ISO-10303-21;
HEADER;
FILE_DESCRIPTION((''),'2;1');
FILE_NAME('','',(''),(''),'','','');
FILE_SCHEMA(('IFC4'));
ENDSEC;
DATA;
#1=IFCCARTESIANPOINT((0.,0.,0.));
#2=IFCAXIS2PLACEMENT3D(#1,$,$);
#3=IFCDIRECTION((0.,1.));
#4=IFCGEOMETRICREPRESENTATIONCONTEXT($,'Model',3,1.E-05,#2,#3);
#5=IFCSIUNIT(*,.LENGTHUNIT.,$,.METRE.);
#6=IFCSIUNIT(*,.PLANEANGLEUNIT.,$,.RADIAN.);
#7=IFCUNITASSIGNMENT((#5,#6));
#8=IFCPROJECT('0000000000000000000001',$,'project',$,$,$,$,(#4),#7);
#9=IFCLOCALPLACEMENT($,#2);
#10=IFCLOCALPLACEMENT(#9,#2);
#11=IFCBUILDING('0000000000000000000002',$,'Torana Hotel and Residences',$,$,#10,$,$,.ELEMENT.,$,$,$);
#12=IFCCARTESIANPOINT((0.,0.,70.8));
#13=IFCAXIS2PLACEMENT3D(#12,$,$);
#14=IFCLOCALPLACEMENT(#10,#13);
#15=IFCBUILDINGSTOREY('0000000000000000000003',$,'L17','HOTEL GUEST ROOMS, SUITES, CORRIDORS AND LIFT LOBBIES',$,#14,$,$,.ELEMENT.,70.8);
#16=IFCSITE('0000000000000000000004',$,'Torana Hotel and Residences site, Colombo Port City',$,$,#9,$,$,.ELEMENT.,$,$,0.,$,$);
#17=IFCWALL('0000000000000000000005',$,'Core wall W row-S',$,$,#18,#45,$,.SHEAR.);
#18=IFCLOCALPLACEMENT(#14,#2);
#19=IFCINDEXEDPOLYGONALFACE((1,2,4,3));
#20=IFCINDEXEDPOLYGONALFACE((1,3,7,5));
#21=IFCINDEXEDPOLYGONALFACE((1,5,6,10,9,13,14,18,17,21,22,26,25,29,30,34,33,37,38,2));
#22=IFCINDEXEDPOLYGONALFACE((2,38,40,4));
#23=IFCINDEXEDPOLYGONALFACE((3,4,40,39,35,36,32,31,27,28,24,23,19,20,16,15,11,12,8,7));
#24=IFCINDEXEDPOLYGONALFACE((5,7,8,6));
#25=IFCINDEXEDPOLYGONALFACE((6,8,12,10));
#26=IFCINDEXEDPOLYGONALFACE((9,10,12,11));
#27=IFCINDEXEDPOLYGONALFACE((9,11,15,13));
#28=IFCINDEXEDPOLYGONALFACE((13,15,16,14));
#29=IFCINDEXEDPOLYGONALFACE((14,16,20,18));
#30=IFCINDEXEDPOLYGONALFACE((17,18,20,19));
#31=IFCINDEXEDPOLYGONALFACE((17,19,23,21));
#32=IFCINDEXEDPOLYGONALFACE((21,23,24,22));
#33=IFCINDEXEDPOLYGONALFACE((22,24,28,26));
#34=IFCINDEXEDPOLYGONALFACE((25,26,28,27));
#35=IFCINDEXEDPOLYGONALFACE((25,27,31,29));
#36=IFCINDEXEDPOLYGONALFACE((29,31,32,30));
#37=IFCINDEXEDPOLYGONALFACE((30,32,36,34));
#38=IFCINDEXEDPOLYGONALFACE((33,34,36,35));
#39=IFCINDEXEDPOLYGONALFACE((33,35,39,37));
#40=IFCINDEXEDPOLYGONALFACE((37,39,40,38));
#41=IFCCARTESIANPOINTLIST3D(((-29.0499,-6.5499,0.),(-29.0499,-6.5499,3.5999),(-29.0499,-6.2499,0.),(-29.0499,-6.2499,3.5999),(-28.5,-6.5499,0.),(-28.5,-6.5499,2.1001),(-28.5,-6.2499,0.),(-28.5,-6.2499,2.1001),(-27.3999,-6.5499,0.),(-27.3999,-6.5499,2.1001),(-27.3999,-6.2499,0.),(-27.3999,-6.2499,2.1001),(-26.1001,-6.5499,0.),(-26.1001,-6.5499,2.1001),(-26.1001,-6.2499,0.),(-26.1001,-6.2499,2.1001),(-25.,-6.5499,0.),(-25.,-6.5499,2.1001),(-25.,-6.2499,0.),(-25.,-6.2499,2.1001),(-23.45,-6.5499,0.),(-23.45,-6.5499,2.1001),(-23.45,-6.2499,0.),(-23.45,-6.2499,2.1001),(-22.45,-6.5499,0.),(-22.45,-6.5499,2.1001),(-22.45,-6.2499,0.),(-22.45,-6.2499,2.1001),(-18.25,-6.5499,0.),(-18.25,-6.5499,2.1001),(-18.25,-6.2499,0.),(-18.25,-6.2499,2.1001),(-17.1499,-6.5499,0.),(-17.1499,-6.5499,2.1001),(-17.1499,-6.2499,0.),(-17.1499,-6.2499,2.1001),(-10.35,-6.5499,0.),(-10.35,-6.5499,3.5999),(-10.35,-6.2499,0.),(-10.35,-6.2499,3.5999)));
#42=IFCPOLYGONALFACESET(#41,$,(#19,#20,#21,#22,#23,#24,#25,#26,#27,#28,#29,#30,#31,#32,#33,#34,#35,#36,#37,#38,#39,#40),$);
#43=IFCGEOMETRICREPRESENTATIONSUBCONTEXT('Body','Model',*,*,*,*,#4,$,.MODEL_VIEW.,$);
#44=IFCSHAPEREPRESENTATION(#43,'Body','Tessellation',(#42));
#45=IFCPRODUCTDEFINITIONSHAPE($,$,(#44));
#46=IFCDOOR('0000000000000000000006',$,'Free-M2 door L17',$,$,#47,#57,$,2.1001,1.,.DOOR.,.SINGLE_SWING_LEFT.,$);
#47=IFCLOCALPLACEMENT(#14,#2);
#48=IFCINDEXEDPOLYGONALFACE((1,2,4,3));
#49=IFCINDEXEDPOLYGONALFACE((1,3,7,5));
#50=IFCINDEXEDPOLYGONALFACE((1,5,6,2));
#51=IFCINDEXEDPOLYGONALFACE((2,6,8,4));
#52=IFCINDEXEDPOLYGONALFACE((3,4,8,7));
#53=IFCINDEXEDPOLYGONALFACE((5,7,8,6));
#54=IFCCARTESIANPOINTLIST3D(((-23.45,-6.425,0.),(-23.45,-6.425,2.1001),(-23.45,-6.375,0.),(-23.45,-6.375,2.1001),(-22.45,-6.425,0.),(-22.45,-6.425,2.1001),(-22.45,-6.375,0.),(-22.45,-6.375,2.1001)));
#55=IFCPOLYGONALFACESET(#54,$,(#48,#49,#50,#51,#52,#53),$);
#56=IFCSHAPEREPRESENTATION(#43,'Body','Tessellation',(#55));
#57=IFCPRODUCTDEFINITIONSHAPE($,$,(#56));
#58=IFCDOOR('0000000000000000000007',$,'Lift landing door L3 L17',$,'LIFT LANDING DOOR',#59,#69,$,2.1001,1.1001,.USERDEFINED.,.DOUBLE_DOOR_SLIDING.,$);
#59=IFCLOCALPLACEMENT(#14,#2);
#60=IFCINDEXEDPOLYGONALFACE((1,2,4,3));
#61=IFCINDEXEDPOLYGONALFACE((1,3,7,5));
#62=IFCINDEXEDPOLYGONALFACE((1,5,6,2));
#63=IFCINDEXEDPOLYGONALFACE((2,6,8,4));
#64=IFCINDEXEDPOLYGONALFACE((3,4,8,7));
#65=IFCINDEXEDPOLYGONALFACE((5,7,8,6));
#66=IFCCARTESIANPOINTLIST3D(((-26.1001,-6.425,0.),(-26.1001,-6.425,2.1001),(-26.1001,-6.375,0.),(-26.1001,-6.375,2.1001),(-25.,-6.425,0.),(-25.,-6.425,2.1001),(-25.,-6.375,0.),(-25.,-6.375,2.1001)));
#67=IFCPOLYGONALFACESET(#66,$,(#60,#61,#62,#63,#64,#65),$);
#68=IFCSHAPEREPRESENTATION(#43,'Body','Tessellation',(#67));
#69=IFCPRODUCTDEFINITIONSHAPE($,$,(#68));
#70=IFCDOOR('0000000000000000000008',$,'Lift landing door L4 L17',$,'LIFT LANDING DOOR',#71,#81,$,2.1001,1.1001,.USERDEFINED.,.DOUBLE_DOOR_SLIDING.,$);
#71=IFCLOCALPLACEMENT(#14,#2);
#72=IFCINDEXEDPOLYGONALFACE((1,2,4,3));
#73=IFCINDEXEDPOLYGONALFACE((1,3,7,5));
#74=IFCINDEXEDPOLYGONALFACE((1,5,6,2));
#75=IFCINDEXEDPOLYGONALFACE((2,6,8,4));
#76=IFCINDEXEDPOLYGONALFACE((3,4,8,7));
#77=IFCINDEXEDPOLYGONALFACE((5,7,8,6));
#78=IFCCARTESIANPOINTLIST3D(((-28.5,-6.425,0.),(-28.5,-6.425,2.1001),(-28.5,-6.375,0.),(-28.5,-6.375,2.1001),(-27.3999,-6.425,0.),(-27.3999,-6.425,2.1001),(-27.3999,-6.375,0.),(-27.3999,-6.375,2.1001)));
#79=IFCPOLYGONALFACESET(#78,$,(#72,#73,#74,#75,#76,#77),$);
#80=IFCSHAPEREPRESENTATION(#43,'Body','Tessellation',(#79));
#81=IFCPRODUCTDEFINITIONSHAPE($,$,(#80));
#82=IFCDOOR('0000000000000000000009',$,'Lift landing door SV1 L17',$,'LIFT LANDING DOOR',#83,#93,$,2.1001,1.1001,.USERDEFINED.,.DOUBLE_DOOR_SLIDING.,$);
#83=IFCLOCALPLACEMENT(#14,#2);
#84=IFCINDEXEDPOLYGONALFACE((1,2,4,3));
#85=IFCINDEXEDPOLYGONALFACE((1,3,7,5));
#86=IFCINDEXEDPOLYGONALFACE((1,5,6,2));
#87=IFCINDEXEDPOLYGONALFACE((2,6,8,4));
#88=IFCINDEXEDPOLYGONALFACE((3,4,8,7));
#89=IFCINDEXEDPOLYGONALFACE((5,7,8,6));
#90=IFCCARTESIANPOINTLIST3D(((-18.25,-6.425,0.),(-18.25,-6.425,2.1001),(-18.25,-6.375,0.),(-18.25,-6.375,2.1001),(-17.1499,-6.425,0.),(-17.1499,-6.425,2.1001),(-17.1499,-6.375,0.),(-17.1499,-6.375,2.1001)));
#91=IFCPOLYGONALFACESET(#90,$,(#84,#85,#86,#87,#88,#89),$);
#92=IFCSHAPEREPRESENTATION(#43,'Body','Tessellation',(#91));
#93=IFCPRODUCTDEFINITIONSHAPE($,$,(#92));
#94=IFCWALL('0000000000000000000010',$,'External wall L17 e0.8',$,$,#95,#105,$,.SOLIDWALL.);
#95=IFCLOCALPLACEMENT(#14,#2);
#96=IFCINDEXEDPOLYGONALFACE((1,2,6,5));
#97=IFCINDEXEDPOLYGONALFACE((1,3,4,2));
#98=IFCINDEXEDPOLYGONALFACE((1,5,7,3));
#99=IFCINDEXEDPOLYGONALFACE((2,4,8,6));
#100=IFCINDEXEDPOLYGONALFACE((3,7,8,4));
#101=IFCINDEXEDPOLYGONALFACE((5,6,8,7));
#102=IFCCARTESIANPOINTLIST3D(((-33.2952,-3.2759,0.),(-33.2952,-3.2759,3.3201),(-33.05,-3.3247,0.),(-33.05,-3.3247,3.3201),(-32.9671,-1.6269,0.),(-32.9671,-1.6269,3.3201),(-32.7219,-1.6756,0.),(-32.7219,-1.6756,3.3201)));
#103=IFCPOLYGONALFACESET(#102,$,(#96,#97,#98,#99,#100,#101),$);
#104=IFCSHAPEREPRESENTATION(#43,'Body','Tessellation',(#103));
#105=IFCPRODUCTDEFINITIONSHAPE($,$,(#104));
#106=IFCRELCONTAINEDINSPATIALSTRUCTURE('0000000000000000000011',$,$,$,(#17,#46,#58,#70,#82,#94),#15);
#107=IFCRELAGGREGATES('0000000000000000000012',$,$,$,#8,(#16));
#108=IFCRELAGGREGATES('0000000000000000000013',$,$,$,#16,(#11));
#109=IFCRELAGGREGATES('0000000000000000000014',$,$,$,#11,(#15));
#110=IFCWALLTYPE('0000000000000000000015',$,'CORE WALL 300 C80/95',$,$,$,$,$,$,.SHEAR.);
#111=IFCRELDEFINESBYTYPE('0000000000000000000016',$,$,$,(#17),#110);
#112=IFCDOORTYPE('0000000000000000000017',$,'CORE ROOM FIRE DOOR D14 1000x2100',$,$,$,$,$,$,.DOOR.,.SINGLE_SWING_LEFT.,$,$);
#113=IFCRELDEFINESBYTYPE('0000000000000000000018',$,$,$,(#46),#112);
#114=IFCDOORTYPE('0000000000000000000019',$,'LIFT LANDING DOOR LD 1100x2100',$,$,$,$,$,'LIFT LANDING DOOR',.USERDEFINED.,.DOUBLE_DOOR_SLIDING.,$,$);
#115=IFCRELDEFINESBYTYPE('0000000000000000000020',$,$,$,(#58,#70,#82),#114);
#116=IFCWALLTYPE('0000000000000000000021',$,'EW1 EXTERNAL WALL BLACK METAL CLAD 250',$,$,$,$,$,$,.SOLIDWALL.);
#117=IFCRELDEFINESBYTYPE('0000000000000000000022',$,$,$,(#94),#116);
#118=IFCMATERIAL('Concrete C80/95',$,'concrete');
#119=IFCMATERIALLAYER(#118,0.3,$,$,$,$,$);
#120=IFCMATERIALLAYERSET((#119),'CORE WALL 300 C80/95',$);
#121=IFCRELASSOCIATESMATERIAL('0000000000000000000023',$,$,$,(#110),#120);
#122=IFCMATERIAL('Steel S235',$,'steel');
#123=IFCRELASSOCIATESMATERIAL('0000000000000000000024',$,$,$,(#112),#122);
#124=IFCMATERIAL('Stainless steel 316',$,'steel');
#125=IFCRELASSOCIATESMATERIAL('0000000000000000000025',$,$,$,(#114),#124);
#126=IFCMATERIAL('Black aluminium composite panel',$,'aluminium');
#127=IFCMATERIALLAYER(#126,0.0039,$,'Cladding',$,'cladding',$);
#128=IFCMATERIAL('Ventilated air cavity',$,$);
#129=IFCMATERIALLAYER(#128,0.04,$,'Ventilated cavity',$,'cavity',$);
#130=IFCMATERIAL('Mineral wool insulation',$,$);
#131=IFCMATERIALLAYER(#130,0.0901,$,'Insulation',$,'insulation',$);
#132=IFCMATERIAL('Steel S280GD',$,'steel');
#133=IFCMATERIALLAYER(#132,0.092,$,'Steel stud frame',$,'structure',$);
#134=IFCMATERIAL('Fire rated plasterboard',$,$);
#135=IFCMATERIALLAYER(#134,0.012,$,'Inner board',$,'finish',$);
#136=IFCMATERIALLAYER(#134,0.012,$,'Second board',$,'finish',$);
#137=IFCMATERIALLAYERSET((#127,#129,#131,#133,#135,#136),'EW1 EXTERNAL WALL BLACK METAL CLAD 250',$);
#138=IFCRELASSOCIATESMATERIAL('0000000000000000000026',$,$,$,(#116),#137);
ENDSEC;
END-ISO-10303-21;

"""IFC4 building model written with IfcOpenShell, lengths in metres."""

from ifc_helpers import new_model, si_unit, direction, frame, frame_2d, origin, place, context, subcontext, project, spatial, rectangle, extrude, material, layer, layer_set, type_object, element, fill, save


model = new_model("IFC4")

# Units and contexts
model_context = context("Model", 3, precision=1e-05, world=origin(), true_north=direction((0.0, 1.0)))
body_context = subcontext(model_context, "Body", "Model", "MODEL_VIEW")
ifc_project = project(units=[si_unit("LENGTHUNIT", "METRE"), si_unit("PLANEANGLEUNIT", "RADIAN")], contexts=[model_context])

# Site, building, storey
site_placement = place(None, origin())
site = spatial("IfcSite", under=ifc_project, at=site_placement, Name="Torana Hotel and Residences site, Colombo Port City", CompositionType="ELEMENT", RefElevation=0.0)
building_placement = place(site_placement, origin())
building = spatial("IfcBuilding", under=site, at=building_placement, Name="Torana Hotel and Residences", CompositionType="ELEMENT")
storey_placement = place(building_placement, frame((0.0, 0.0, 70.8)))
storey = spatial("IfcBuildingStorey", under=building, at=storey_placement, Name="L17", Description="HOTEL GUEST ROOMS, SUITES, CORRIDORS AND LIFT LOBBIES", CompositionType="ELEMENT", Elevation=70.8)

# Wall, openings, doors
ifc_material_1 = material(Name="Concrete C80/95", Category="concrete")
ifc_layer_1 = layer(ifc_material_1, 0.3)
ifc_layer_set_1 = layer_set([ifc_layer_1], Name="CORE WALL 300 C80/95")
wall_type_1 = type_object("IfcWallType", Name="CORE WALL 300 C80/95", PredefinedType="SHEAR", material=ifc_layer_set_1)
ifc_material_2 = material(Name="Steel S235", Category="steel")
door_type_1 = type_object("IfcDoorType", Name="CORE ROOM FIRE DOOR D14 1000x2100", OperationType="SINGLE_SWING_LEFT", PredefinedType="DOOR", material=ifc_material_2)
ifc_material_3 = material(Name="Stainless steel 316", Category="steel")
door_type_2 = type_object("IfcDoorType", Name="LIFT LANDING DOOR LD 1100x2100", ElementType="LIFT LANDING DOOR", OperationType="DOUBLE_DOOR_SLIDING", PredefinedType="USERDEFINED", material=ifc_material_3)
wall_1_placement = place(storey_placement, frame((-29.05, -6.3999, 0.0), z_axis=(0.0, 0.0, 1.0), x_axis=(1.0, 0.0, 0.0)))
wall_1 = element("IfcWall", 1, at=wall_1_placement, inside=storey, type_object=wall_type_1, Name="Core wall W row-S", PredefinedType="SHEAR", context=body_context, shape_type="SweptSolid", body=[
    extrude(rectangle(XDim=18.7, YDim=0.3, at=frame_2d((9.3501, 0.0))), origin(), (0.0, 0.0, 1.0), 3.5999),
])
opening_1_placement = place(wall_1_placement, frame((2.95, 0.0, 0.0)))
opening_1 = element("IfcOpeningElement", 2, at=opening_1_placement, cuts=wall_1, PredefinedType="OPENING", context=body_context, shape_type="SweptSolid", body=[
    extrude(rectangle(XDim=1.1001, YDim=2.1001, at=frame_2d((0.55, 1.05))), frame((0.0, 0.1599, 0.0), z_axis=(0.0, -1.0, 0.0), x_axis=(1.0, 0.0, 0.0)), (0.0, 0.0, 1.0), 0.3201),
])
opening_2_placement = place(wall_1_placement, frame((0.55, 0.0, 0.0)))
opening_2 = element("IfcOpeningElement", 3, at=opening_2_placement, cuts=wall_1, PredefinedType="OPENING", context=body_context, shape_type="SweptSolid", body=[
    extrude(rectangle(XDim=1.1001, YDim=2.1001, at=frame_2d((0.55, 1.05))), frame((0.0, 0.1599, 0.0), z_axis=(0.0, -1.0, 0.0), x_axis=(1.0, 0.0, 0.0)), (0.0, 0.0, 1.0), 0.3201),
])
opening_3_placement = place(wall_1_placement, frame((10.8, 0.0, 0.0)))
opening_3 = element("IfcOpeningElement", 4, at=opening_3_placement, cuts=wall_1, PredefinedType="OPENING", context=body_context, shape_type="SweptSolid", body=[
    extrude(rectangle(XDim=1.1001, YDim=2.1001, at=frame_2d((0.55, 1.05))), frame((0.0, 0.1599, 0.0), z_axis=(0.0, -1.0, 0.0), x_axis=(1.0, 0.0, 0.0)), (0.0, 0.0, 1.0), 0.3201),
])
opening_4_placement = place(wall_1_placement, frame((5.6001, 0.0, 0.0)))
opening_4 = element("IfcOpeningElement", 5, at=opening_4_placement, cuts=wall_1, PredefinedType="OPENING", context=body_context, shape_type="SweptSolid", body=[
    extrude(rectangle(XDim=1.0, YDim=2.1001, at=frame_2d((0.5, 1.05))), frame((0.0, 0.1599, 0.0), z_axis=(0.0, -1.0, 0.0), x_axis=(1.0, 0.0, 0.0)), (0.0, 0.0, 1.0), 0.3201),
])
door_1_placement = place(opening_4_placement, frame((0.5, 0.0, 0.0), z_axis=(0.0, 0.0, 1.0), x_axis=(-1.0, 0.0, 0.0)))
door_1 = element("IfcDoor", 6, at=door_1_placement, inside=storey, type_object=door_type_1, Name="Free-M2 door L17", OperationType="SINGLE_SWING_LEFT", OverallHeight=2.1001, OverallWidth=1.0, PredefinedType="DOOR", context=body_context, shape_type="SweptSolid", body=[
    extrude(rectangle(XDim=1.0, YDim=2.1001, at=frame_2d((0.0, 1.05))), frame((0.0, -0.0249, 0.0), z_axis=(0.0, 1.0, 0.0), x_axis=(-1.0, 0.0, 0.0)), (0.0, 0.0, 1.0), 0.05),
])
fill(opening_4, door_1)
door_2_placement = place(opening_1_placement, origin())
door_2 = element("IfcDoor", 7, at=door_2_placement, inside=storey, type_object=door_type_2, Name="Lift landing door L3 L17", ObjectType="LIFT LANDING DOOR", OperationType="DOUBLE_DOOR_SLIDING", OverallHeight=2.1001, OverallWidth=1.1001, PredefinedType="USERDEFINED", context=body_context, shape_type="SweptSolid", body=[
    extrude(rectangle(XDim=1.1001, YDim=2.1001, at=frame_2d((0.55, 1.05))), frame((0.0, 0.0249, 0.0), z_axis=(0.0, -1.0, 0.0), x_axis=(1.0, 0.0, 0.0)), (0.0, 0.0, 1.0), 0.05),
])
fill(opening_1, door_2)
door_3_placement = place(opening_2_placement, origin())
door_3 = element("IfcDoor", 8, at=door_3_placement, inside=storey, type_object=door_type_2, Name="Lift landing door L4 L17", ObjectType="LIFT LANDING DOOR", OperationType="DOUBLE_DOOR_SLIDING", OverallHeight=2.1001, OverallWidth=1.1001, PredefinedType="USERDEFINED", context=body_context, shape_type="SweptSolid", body=[
    extrude(rectangle(XDim=1.1001, YDim=2.1001, at=frame_2d((0.55, 1.05))), frame((0.0, 0.0249, 0.0), z_axis=(0.0, -1.0, 0.0), x_axis=(1.0, 0.0, 0.0)), (0.0, 0.0, 1.0), 0.05),
])
fill(opening_2, door_3)
door_4_placement = place(opening_3_placement, origin())
door_4 = element("IfcDoor", 9, at=door_4_placement, inside=storey, type_object=door_type_2, Name="Lift landing door SV1 L17", ObjectType="LIFT LANDING DOOR", OperationType="DOUBLE_DOOR_SLIDING", OverallHeight=2.1001, OverallWidth=1.1001, PredefinedType="USERDEFINED", context=body_context, shape_type="SweptSolid", body=[
    extrude(rectangle(XDim=1.1001, YDim=2.1001, at=frame_2d((0.55, 1.05))), frame((0.0, 0.0249, 0.0), z_axis=(0.0, -1.0, 0.0), x_axis=(1.0, 0.0, 0.0)), (0.0, 0.0, 1.0), 0.05),
])
fill(opening_3, door_4)

# Wall
ifc_material_4 = material(Name="Black aluminium composite panel", Category="aluminium")
ifc_layer_2 = layer(ifc_material_4, 0.0039, Name="Cladding", Category="cladding")
ifc_material_5 = material(Name="Ventilated air cavity")
ifc_layer_3 = layer(ifc_material_5, 0.04, Name="Ventilated cavity", Category="cavity")
ifc_material_6 = material(Name="Mineral wool insulation")
ifc_layer_4 = layer(ifc_material_6, 0.0901, Name="Insulation", Category="insulation")
ifc_material_7 = material(Name="Steel S280GD", Category="steel")
ifc_layer_5 = layer(ifc_material_7, 0.092, Name="Steel stud frame", Category="structure")
ifc_material_8 = material(Name="Fire rated plasterboard")
ifc_layer_6 = layer(ifc_material_8, 0.012, Name="Inner board", Category="finish")
ifc_layer_7 = layer(ifc_material_8, 0.012, Name="Second board", Category="finish")
ifc_layer_set_2 = layer_set([ifc_layer_2, ifc_layer_3, ifc_layer_4, ifc_layer_5, ifc_layer_6, ifc_layer_7], Name="EW1 EXTERNAL WALL BLACK METAL CLAD 250")
wall_type_2 = type_object("IfcWallType", Name="EW1 EXTERNAL WALL BLACK METAL CLAD 250", PredefinedType="SOLIDWALL", material=ifc_layer_set_2)
wall_2_placement = place(storey_placement, frame((-32.8445, -1.6511, 0.0), z_axis=(0.0, 0.0, 1.0), x_axis=(-0.195139, -0.980776, 0.0)))
element("IfcWall", 10, at=wall_2_placement, inside=storey, type_object=wall_type_2, Name="External wall L17 e0.8", PredefinedType="SOLIDWALL", context=body_context, shape_type="SweptSolid", body=[
    extrude(rectangle(XDim=1.6814, YDim=0.25, at=frame_2d((0.8408, 0.0))), origin(), (0.0, 0.0, 1.0), 3.3201),
])

save(model, "model.ifc")
